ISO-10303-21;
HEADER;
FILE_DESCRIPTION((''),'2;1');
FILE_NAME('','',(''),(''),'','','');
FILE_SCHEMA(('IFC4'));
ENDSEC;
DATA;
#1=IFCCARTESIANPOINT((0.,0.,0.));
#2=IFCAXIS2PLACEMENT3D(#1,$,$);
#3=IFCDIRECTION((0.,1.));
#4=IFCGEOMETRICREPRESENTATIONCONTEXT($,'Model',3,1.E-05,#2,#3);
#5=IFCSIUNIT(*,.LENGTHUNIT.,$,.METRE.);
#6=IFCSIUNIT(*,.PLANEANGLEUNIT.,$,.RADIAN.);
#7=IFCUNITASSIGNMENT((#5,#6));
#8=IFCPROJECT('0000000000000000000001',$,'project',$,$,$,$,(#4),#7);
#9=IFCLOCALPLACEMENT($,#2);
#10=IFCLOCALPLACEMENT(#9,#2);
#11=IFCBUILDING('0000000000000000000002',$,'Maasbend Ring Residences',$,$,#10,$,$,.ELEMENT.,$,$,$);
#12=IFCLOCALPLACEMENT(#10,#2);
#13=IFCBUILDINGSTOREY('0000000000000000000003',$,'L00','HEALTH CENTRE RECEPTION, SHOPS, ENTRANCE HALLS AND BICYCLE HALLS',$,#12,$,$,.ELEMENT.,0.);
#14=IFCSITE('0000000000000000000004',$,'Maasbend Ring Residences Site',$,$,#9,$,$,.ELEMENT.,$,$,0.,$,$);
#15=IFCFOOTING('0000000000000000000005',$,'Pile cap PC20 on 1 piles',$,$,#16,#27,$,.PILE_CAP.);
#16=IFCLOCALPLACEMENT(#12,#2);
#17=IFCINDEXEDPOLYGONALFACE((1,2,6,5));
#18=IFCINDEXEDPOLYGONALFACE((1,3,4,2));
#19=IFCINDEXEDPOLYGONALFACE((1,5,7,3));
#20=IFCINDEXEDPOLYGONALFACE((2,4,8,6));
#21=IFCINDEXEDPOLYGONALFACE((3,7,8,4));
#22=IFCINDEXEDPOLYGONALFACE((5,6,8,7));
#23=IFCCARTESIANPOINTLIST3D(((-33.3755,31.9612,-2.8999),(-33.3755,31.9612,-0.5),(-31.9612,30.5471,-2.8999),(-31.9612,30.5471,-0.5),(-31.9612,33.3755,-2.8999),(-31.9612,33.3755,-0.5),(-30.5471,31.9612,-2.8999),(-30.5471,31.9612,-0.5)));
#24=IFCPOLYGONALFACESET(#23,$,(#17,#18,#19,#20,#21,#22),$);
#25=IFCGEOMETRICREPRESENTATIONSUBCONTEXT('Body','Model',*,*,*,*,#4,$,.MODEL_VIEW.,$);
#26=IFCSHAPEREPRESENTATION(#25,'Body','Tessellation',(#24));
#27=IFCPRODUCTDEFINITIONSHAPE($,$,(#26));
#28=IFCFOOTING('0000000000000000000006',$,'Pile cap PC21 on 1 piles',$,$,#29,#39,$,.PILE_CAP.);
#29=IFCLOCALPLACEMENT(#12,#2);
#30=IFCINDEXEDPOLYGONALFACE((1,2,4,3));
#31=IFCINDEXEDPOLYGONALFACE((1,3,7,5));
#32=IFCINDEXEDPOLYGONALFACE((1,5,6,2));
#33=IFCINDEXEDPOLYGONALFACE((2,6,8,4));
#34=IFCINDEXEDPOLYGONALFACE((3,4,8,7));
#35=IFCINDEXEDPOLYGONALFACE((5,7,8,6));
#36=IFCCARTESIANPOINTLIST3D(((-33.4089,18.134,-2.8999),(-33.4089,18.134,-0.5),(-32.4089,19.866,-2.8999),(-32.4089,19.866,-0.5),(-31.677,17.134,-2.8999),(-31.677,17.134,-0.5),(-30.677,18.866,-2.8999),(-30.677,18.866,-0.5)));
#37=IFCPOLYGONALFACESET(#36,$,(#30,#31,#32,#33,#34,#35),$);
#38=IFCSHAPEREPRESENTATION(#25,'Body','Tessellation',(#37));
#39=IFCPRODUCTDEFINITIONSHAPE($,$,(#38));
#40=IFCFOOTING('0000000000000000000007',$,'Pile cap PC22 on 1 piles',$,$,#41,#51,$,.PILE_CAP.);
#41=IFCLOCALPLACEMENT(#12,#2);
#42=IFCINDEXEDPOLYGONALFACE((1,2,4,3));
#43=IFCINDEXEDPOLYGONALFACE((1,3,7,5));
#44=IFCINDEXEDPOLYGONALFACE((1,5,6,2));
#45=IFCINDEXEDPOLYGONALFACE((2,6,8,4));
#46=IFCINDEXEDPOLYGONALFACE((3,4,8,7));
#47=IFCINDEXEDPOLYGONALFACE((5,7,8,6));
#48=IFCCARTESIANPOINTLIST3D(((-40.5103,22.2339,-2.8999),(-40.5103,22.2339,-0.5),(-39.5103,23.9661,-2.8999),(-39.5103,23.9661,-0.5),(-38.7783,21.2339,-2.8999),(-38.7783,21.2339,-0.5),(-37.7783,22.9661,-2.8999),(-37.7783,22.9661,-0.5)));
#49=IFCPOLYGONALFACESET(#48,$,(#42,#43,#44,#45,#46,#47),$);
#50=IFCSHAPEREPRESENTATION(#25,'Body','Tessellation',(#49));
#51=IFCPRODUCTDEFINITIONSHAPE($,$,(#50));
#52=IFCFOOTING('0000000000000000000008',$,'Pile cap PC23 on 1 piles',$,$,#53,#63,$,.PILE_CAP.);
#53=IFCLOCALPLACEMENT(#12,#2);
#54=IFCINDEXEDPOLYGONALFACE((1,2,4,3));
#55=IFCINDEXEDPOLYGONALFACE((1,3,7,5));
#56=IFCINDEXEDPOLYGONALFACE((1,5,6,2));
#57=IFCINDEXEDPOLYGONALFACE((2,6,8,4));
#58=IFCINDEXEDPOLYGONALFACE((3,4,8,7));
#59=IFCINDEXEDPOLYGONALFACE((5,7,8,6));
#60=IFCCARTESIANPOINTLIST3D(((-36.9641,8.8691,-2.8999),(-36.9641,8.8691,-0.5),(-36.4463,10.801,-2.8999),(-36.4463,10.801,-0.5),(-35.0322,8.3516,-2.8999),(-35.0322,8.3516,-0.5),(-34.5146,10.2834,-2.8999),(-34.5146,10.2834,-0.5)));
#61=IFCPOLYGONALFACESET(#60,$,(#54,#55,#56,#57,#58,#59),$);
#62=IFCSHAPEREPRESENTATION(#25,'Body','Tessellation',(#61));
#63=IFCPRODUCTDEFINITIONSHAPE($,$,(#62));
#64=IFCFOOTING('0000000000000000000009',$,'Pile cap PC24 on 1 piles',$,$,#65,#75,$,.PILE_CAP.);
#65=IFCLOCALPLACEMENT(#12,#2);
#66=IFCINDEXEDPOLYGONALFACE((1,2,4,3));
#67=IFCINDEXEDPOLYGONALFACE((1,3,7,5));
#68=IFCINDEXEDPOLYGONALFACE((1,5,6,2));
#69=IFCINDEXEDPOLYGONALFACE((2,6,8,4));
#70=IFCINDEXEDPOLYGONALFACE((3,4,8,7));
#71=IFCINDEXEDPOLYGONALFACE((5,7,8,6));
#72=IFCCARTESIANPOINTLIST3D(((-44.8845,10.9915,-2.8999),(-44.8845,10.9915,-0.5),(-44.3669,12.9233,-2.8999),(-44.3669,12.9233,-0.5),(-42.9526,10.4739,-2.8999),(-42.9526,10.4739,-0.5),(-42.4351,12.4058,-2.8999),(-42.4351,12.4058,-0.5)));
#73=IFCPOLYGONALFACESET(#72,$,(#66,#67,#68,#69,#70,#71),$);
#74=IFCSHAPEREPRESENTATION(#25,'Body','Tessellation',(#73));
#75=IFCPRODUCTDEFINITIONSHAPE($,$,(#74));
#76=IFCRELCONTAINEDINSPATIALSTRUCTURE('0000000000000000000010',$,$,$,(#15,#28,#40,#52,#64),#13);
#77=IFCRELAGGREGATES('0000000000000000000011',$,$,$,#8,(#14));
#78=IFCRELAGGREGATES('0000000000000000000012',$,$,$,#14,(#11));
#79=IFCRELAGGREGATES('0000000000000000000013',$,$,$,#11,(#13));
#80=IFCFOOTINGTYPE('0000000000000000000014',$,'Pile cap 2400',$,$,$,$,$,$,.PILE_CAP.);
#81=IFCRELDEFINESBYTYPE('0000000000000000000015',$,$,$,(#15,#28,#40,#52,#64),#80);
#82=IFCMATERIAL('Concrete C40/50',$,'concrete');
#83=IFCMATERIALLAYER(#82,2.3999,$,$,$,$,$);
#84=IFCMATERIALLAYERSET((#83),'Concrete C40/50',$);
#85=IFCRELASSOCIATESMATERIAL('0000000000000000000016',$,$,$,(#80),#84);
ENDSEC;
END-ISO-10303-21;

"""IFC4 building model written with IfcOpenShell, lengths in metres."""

from ifc_helpers import new_model, si_unit, direction, frame, origin, place, context, subcontext, project, spatial, polyline, outline, extrude, material, layer, layer_set, type_object, element, save


model = new_model("IFC4")

# Units and contexts
model_context = context("Model", 3, precision=1e-05, world=origin(), true_north=direction((0.0, 1.0)))
body_context = subcontext(model_context, "Body", "Model", "MODEL_VIEW")
ifc_project = project(units=[si_unit("LENGTHUNIT", "METRE"), si_unit("PLANEANGLEUNIT", "RADIAN")], contexts=[model_context])

# Site, building, storey
site_placement = place(None, origin())
site = spatial("IfcSite", under=ifc_project, at=site_placement, Name="Maasbend Ring Residences Site", CompositionType="ELEMENT", RefElevation=0.0)
building_placement = place(site_placement, origin())
building = spatial("IfcBuilding", under=site, at=building_placement, Name="Maasbend Ring Residences", CompositionType="ELEMENT")
storey_placement = place(building_placement, origin())
storey = spatial("IfcBuildingStorey", under=building, at=storey_placement, Name="L00", Description="HEALTH CENTRE RECEPTION, SHOPS, ENTRANCE HALLS AND BICYCLE HALLS", CompositionType="ELEMENT", Elevation=0.0)

# Footings
ifc_material = material(Name="Concrete C40/50", Category="concrete")
ifc_layer = layer(ifc_material, 2.3999)
ifc_layer_set = layer_set([ifc_layer], Name="Concrete C40/50")
footing_type = type_object("IfcFootingType", Name="Pile cap 2400", PredefinedType="PILE_CAP", material=ifc_layer_set)
footing_1_placement = place(storey_placement, frame((0.0, 0.0, -2.8999)))
element("IfcFooting", 1, at=footing_1_placement, inside=storey, type_object=footing_type, Name="Pile cap PC20 on 1 piles", PredefinedType="PILE_CAP", context=body_context, shape_type="SweptSolid", body=[
    extrude(outline(polyline([(-30.5471, 31.9612), (-31.9612, 33.3755), (-33.3755, 31.9612), (-31.9612, 30.5471), (-30.5471, 31.9612)])), origin(), (0.0, 0.0, 1.0), 2.3999),
])
footing_2_placement = place(storey_placement, frame((0.0, 0.0, -2.8999)))
element("IfcFooting", 2, at=footing_2_placement, inside=storey, type_object=footing_type, Name="Pile cap PC21 on 1 piles", PredefinedType="PILE_CAP", context=body_context, shape_type="SweptSolid", body=[
    extrude(outline(polyline([(-30.677, 18.866), (-32.4089, 19.866), (-33.4089, 18.134), (-31.677, 17.134), (-30.677, 18.866)])), origin(), (0.0, 0.0, 1.0), 2.3999),
])
footing_3_placement = place(storey_placement, frame((0.0, 0.0, -2.8999)))
element("IfcFooting", 3, at=footing_3_placement, inside=storey, type_object=footing_type, Name="Pile cap PC22 on 1 piles", PredefinedType="PILE_CAP", context=body_context, shape_type="SweptSolid", body=[
    extrude(outline(polyline([(-37.7783, 22.9661), (-39.5103, 23.9661), (-40.5103, 22.2339), (-38.7783, 21.2339), (-37.7783, 22.9661)])), origin(), (0.0, 0.0, 1.0), 2.3999),
])
footing_4_placement = place(storey_placement, frame((0.0, 0.0, -2.8999)))
element("IfcFooting", 4, at=footing_4_placement, inside=storey, type_object=footing_type, Name="Pile cap PC23 on 1 piles", PredefinedType="PILE_CAP", context=body_context, shape_type="SweptSolid", body=[
    extrude(outline(polyline([(-34.5146, 10.2834), (-36.4463, 10.801), (-36.9641, 8.8691), (-35.0322, 8.3516), (-34.5146, 10.2834)])), origin(), (0.0, 0.0, 1.0), 2.3999),
])
footing_5_placement = place(storey_placement, frame((0.0, 0.0, -2.8999)))
element("IfcFooting", 5, at=footing_5_placement, inside=storey, type_object=footing_type, Name="Pile cap PC24 on 1 piles", PredefinedType="PILE_CAP", context=body_context, shape_type="SweptSolid", body=[
    extrude(outline(polyline([(-42.4351, 12.4058), (-44.3669, 12.9233), (-44.8845, 10.9915), (-42.9526, 10.4739), (-42.4351, 12.4058)])), origin(), (0.0, 0.0, 1.0), 2.3999),
])

save(model, "model.ifc")
